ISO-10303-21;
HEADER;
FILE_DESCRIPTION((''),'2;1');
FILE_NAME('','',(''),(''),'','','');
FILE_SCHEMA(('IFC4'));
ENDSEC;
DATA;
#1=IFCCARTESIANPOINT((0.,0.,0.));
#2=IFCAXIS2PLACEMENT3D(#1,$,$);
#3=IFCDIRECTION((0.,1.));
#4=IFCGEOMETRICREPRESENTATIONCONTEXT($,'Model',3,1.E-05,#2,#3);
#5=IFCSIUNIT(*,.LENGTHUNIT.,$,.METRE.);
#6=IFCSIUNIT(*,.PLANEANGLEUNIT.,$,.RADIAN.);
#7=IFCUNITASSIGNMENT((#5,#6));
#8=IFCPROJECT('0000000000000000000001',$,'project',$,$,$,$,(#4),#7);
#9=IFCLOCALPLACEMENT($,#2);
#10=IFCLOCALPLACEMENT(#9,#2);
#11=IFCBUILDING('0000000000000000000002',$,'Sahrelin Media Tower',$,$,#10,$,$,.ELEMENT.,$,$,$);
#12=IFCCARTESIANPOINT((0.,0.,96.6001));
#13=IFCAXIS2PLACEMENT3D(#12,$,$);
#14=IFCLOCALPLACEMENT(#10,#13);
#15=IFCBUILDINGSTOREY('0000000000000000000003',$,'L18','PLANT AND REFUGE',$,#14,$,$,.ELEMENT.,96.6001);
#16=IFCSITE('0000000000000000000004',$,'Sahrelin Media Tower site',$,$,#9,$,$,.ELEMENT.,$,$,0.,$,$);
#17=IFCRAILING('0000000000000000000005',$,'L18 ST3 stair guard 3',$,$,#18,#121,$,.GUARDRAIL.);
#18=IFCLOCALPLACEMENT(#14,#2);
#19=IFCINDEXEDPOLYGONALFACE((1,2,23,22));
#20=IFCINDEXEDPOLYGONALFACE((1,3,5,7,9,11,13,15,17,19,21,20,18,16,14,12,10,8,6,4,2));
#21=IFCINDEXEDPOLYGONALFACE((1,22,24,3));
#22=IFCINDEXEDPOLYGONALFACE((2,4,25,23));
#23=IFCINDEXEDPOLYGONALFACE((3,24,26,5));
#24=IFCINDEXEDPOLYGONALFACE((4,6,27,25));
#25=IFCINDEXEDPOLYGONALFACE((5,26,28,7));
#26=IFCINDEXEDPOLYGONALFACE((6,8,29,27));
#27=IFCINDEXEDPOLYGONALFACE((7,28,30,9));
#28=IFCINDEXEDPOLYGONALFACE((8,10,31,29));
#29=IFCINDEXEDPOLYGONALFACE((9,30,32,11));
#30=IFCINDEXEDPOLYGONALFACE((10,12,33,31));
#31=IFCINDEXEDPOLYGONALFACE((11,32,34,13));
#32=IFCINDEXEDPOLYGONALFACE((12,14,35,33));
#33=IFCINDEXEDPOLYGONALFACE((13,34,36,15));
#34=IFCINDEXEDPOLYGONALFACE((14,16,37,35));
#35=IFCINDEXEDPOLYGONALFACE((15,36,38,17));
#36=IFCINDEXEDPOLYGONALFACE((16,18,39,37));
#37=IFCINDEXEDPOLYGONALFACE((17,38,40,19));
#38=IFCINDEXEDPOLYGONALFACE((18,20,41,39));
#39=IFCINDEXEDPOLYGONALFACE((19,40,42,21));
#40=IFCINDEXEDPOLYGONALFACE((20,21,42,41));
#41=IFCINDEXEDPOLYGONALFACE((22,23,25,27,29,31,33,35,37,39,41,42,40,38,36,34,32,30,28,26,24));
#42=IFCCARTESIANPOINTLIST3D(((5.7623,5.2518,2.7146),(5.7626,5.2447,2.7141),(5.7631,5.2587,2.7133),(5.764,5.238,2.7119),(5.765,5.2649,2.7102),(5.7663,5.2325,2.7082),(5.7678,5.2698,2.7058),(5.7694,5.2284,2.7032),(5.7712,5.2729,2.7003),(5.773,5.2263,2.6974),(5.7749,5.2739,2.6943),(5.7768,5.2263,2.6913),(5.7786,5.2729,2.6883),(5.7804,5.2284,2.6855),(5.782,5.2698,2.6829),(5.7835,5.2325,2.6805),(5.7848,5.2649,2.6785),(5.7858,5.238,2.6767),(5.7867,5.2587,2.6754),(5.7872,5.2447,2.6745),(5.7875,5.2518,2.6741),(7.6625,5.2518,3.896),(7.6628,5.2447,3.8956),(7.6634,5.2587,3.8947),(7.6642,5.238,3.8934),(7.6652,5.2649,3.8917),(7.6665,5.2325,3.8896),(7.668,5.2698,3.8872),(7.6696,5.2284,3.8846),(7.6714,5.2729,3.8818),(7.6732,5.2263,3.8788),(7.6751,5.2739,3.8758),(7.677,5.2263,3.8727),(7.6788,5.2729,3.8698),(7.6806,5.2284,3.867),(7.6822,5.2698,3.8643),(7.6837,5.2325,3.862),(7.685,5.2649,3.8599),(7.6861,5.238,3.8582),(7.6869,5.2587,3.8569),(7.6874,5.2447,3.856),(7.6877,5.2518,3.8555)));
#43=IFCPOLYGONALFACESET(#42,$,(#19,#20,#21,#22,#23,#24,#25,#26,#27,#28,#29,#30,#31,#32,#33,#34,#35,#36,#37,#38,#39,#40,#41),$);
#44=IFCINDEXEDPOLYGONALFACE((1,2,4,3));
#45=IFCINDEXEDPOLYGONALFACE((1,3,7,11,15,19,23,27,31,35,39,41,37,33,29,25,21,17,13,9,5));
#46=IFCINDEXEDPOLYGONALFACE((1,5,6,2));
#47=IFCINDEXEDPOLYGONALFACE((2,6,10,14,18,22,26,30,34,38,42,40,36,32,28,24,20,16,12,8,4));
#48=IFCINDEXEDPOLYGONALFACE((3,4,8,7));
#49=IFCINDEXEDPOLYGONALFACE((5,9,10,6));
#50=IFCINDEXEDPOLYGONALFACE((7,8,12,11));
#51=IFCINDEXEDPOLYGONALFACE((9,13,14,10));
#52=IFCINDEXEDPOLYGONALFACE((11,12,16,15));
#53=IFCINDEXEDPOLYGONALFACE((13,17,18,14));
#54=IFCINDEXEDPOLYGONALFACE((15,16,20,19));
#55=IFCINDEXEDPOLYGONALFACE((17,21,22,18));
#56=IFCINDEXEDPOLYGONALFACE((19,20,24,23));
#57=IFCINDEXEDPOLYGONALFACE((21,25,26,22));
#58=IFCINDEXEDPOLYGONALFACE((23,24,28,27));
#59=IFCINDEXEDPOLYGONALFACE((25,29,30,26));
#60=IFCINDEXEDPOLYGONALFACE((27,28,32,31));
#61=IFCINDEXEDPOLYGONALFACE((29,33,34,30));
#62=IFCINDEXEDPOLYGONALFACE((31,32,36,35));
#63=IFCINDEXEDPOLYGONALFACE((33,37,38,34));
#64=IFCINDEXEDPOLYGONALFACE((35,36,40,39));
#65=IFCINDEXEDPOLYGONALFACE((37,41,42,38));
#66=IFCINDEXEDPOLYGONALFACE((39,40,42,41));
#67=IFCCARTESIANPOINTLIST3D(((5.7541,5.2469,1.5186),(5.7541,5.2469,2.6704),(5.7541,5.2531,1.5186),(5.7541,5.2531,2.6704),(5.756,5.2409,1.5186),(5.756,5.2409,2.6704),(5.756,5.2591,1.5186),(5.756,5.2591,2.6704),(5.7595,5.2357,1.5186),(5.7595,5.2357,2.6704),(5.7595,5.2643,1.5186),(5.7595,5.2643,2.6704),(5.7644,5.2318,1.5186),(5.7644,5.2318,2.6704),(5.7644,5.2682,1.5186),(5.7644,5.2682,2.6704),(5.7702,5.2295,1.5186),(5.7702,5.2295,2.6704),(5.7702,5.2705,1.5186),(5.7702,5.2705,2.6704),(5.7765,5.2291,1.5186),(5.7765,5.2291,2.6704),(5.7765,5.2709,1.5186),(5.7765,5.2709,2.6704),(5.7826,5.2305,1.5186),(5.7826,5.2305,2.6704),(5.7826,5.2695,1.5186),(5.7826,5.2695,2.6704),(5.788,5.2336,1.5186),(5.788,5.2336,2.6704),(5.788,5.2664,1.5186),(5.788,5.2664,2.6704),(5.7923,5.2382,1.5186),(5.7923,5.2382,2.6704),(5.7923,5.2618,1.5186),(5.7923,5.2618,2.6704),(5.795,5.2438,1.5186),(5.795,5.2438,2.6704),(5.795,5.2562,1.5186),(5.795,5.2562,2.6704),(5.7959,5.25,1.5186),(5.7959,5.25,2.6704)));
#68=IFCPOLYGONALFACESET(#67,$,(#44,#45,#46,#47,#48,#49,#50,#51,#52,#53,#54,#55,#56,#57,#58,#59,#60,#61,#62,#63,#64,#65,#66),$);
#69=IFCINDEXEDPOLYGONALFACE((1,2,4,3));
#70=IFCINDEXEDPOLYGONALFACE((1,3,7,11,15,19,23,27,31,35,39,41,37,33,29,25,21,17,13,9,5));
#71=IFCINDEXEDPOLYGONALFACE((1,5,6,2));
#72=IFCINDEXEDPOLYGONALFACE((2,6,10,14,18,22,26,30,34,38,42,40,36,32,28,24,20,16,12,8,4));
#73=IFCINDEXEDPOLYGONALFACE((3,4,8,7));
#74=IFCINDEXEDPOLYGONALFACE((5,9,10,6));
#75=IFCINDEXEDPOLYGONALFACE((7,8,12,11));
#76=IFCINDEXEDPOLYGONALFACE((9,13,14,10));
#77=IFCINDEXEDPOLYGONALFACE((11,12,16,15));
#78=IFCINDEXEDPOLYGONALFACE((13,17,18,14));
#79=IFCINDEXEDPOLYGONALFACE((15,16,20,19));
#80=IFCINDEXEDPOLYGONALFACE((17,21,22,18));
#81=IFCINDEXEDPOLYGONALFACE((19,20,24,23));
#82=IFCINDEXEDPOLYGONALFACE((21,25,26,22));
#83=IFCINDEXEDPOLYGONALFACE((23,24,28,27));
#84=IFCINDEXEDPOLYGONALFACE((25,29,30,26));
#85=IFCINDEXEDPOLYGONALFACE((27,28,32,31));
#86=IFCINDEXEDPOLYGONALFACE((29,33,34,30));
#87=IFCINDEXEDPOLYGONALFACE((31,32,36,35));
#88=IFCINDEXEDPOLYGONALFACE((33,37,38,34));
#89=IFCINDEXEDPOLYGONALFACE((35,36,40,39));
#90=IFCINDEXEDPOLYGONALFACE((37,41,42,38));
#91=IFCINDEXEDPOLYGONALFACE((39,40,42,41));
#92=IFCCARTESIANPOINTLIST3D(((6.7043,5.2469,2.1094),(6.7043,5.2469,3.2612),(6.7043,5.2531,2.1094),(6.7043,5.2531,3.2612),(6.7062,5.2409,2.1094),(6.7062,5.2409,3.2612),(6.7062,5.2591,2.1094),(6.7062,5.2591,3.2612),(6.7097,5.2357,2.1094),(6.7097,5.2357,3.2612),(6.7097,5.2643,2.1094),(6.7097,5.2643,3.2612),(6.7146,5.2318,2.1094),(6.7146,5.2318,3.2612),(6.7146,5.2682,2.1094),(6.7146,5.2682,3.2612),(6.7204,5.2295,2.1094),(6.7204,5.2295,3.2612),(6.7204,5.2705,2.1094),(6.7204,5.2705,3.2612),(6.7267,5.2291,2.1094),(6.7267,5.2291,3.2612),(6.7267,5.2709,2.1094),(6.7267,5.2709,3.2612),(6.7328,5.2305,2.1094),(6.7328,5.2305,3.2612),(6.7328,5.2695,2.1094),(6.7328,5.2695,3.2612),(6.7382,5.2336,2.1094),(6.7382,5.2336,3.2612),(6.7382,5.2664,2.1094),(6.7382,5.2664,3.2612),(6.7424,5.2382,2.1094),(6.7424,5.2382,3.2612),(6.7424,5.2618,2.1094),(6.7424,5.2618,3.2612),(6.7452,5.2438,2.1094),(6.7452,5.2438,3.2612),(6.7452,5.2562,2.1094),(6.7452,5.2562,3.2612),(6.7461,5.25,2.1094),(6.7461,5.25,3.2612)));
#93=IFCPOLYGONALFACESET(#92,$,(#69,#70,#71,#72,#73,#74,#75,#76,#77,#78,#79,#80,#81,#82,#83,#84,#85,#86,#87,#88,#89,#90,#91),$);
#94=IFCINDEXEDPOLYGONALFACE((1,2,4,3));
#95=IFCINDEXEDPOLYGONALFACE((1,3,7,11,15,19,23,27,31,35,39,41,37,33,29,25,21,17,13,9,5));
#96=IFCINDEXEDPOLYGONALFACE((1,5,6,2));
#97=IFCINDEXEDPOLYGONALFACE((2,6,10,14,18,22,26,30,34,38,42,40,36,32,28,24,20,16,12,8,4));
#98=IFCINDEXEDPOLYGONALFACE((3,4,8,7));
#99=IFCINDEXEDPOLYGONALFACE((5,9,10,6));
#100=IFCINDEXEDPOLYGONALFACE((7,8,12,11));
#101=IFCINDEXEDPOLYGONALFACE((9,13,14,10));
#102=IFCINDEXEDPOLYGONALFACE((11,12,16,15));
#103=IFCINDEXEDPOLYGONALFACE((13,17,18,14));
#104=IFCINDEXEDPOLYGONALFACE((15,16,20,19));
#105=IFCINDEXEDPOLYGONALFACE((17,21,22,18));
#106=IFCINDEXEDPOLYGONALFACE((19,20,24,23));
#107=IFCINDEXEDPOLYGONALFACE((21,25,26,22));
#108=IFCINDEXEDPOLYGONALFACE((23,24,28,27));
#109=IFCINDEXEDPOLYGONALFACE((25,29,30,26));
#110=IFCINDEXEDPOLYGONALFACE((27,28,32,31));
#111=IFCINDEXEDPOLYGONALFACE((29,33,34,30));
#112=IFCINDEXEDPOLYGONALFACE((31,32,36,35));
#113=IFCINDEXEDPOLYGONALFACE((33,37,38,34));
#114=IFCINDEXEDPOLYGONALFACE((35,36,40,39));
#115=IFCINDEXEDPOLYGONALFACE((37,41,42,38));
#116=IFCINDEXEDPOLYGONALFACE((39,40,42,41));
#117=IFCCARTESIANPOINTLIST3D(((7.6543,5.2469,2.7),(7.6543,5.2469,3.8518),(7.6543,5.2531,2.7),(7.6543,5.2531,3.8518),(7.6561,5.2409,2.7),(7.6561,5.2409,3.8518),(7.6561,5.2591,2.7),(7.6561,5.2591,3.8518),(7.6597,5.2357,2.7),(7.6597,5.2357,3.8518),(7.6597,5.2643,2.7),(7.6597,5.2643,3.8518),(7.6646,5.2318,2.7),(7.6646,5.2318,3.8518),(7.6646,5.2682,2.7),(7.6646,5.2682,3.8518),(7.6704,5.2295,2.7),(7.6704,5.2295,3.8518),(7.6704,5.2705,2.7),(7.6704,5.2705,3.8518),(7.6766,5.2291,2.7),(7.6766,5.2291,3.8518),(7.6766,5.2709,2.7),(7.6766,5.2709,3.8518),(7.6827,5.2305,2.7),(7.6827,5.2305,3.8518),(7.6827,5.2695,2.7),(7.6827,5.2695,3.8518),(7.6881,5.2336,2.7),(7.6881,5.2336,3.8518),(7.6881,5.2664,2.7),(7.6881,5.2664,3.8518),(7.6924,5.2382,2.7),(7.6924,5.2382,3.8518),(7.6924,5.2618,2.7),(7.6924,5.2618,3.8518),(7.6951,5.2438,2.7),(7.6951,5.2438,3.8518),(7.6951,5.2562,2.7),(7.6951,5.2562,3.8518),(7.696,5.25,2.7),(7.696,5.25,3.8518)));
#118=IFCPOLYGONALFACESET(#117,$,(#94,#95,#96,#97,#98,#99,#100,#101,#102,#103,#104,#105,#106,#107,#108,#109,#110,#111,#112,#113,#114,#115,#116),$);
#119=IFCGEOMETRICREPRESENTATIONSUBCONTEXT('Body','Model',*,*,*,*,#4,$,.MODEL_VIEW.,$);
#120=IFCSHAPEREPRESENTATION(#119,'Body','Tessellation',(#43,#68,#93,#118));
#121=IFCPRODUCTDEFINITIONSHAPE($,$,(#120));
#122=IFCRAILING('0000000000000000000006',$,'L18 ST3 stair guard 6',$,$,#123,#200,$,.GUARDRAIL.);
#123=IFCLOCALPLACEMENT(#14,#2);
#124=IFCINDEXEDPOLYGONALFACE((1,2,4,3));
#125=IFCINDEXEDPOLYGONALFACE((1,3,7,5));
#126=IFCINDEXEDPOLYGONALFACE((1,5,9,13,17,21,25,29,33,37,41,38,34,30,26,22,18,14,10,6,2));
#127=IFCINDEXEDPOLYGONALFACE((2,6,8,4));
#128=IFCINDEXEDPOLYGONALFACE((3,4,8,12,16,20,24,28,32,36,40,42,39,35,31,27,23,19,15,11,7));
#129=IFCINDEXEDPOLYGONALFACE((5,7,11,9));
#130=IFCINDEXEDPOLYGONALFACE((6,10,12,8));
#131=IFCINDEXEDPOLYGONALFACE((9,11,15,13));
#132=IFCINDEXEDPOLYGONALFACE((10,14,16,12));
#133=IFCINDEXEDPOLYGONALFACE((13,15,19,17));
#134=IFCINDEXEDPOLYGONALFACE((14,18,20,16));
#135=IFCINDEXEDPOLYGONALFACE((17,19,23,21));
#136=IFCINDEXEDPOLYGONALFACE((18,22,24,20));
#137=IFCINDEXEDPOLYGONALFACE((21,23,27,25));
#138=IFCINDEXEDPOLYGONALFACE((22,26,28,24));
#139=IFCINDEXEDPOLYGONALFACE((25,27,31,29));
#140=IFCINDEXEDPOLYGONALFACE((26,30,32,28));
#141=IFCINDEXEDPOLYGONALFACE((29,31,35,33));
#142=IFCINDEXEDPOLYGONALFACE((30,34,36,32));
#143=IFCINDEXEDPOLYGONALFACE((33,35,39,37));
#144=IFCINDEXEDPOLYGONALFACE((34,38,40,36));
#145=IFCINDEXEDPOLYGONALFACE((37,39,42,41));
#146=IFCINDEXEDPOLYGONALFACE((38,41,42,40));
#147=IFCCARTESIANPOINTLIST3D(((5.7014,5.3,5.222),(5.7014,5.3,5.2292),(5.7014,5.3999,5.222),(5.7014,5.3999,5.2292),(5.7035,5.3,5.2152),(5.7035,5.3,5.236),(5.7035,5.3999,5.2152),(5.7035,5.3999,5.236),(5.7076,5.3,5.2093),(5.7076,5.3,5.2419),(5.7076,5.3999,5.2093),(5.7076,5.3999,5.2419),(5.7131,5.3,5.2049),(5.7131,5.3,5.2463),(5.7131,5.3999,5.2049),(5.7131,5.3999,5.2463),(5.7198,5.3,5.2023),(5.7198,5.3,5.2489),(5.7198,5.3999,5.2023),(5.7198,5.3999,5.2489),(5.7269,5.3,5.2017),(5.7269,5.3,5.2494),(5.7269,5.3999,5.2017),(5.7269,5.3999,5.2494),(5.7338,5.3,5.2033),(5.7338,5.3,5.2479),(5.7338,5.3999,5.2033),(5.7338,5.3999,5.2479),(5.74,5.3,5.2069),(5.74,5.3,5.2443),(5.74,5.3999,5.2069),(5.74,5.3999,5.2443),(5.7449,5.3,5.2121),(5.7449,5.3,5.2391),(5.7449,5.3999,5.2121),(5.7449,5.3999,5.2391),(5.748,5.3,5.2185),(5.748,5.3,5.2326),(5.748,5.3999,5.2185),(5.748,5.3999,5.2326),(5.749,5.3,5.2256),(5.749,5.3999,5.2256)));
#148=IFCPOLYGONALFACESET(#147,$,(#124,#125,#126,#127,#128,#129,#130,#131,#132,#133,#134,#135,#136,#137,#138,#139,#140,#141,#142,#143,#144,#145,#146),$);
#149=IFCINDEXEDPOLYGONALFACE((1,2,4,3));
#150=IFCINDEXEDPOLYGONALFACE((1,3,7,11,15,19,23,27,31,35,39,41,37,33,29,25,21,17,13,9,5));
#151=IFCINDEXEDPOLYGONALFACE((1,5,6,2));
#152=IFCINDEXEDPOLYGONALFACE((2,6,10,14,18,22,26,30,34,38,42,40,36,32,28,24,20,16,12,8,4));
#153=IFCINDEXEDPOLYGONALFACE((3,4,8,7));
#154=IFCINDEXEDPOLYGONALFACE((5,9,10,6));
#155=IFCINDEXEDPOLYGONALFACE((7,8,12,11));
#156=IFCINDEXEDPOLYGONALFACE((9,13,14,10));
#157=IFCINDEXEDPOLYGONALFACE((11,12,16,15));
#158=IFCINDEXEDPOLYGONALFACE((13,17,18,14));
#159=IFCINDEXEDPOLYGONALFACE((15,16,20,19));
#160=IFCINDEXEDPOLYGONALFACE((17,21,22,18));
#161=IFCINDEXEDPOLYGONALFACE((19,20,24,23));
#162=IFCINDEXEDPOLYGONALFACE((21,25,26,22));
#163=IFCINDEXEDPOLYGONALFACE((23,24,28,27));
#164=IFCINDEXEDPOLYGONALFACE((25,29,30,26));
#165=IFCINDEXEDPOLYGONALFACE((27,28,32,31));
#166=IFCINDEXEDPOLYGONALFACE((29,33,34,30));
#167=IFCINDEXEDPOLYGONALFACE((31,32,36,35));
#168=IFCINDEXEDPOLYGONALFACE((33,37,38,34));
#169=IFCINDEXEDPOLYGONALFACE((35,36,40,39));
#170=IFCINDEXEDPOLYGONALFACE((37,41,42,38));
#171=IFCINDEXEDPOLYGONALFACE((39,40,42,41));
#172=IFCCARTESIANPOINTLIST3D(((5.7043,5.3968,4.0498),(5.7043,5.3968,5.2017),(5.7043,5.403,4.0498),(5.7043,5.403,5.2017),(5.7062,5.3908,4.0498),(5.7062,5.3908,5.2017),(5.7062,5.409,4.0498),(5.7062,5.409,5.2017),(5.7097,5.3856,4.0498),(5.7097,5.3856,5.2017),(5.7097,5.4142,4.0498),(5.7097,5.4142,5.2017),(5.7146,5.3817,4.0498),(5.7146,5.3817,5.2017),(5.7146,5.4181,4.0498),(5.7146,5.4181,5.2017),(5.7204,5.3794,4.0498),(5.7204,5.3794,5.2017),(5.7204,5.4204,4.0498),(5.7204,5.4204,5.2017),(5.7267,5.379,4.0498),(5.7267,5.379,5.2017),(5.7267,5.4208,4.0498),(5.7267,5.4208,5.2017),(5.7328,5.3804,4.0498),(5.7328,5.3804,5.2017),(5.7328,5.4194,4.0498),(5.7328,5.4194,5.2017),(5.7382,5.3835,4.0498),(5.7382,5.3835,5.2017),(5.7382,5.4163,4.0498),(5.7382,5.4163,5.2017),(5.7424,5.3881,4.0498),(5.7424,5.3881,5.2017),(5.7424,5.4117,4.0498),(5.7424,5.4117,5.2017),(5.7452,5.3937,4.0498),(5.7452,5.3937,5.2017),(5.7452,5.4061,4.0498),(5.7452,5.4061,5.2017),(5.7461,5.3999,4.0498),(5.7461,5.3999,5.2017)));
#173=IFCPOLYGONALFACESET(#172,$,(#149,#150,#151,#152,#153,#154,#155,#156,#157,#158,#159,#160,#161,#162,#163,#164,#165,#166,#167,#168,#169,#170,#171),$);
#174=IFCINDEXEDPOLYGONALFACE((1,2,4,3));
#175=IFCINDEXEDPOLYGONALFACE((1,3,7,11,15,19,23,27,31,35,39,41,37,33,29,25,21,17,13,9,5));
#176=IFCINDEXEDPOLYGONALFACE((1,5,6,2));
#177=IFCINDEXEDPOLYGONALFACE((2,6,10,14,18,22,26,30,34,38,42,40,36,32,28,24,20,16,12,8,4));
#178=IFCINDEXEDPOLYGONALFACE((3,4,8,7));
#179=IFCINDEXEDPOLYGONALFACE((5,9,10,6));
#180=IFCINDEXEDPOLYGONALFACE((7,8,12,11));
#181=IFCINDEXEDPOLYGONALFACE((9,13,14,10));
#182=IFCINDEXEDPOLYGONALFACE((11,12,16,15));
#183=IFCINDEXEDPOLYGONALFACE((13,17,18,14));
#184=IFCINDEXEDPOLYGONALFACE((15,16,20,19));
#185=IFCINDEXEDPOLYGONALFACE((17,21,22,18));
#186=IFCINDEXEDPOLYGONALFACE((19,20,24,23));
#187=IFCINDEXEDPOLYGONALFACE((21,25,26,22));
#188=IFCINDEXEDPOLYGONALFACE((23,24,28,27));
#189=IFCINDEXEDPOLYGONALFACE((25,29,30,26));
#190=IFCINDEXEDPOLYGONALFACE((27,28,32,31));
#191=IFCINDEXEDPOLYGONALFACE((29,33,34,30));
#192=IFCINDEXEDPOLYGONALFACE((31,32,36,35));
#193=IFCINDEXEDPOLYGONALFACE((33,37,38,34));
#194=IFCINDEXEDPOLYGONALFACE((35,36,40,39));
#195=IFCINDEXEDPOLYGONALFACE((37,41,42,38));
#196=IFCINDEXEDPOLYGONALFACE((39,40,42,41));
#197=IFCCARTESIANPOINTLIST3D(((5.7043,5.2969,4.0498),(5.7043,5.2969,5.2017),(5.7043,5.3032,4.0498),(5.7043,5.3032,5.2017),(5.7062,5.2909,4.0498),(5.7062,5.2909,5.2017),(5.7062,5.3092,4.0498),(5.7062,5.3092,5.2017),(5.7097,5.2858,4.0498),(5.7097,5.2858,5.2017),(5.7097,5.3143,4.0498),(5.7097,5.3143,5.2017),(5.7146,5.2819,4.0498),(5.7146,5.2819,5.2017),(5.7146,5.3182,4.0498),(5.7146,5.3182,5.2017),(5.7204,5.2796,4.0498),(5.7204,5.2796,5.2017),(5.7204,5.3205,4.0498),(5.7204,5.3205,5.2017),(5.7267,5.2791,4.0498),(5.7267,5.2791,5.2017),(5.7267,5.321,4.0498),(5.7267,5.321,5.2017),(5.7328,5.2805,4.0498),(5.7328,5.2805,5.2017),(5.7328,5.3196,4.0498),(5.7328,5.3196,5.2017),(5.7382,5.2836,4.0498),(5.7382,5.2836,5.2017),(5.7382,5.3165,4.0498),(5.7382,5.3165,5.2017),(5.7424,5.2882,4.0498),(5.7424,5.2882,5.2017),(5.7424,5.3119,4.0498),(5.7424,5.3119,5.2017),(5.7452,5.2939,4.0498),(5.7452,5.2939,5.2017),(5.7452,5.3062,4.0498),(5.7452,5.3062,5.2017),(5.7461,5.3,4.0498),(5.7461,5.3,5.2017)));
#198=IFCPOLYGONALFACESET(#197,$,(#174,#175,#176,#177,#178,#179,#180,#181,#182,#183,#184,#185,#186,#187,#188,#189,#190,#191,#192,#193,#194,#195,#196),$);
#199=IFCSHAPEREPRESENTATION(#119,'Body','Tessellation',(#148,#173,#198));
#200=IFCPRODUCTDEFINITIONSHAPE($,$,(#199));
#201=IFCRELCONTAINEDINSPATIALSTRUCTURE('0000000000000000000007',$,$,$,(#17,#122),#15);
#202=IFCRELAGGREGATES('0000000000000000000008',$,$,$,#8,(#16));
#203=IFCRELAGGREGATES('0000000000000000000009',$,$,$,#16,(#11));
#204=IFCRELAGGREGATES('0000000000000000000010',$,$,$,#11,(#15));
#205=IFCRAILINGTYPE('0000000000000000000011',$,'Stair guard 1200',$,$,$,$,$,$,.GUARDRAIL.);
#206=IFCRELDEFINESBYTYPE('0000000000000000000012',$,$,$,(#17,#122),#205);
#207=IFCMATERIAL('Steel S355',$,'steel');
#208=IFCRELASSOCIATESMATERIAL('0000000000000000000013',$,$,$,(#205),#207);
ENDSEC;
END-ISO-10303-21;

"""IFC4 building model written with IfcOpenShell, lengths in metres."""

from ifc_helpers import new_model, si_unit, direction, frame, origin, origin_2d, place, context, subcontext, project, spatial, circle, extrude, material, type_object, element, save


model = new_model("IFC4")

# Units and contexts
model_context = context("Model", 3, precision=1e-05, world=origin(), true_north=direction((0.0, 1.0)))
body_context = subcontext(model_context, "Body", "Model", "MODEL_VIEW")
ifc_project = project(units=[si_unit("LENGTHUNIT", "METRE"), si_unit("PLANEANGLEUNIT", "RADIAN")], contexts=[model_context])

# Site, building, storey
site_placement = place(None, origin())
site = spatial("IfcSite", under=ifc_project, at=site_placement, Name="Sahrelin Media Tower site", CompositionType="ELEMENT", RefElevation=0.0)
building_placement = place(site_placement, origin())
building = spatial("IfcBuilding", under=site, at=building_placement, Name="Sahrelin Media Tower", CompositionType="ELEMENT")
storey_placement = place(building_placement, frame((0.0, 0.0, 96.6001)))
storey = spatial("IfcBuildingStorey", under=building, at=storey_placement, Name="L18", Description="PLANT AND REFUGE", CompositionType="ELEMENT", Elevation=96.6001)

# Railings
ifc_material_1 = material(Name="Steel S355", Category="steel")
railing_type_1 = type_object("IfcRailingType", Name="Stair guard 1200", PredefinedType="GUARDRAIL", material=ifc_material_1)
railing_1_placement = place(storey_placement, frame((5.7749, 5.25, 1.5186)))
element("IfcRailing", 1, at=railing_1_placement, inside=storey, type_object=railing_type_1, Name="L18 ST3 stair guard 3", PredefinedType="GUARDRAIL", context=body_context, shape_type="SweptSolid", body=[
    extrude(circle(Radius=0.0239, at=origin_2d()), frame((0.0, 0.0, 1.1758), z_axis=(0.84924, 0.0, 0.528006), x_axis=(0.0, 1.0, 0.0)), (0.0, 0.0, 1.0), 2.2375),
    extrude(circle(Radius=0.021, at=origin_2d()), origin(), (0.0, 0.0, 1.0), 1.1519),
    extrude(circle(Radius=0.021, at=origin_2d()), frame((0.9502, 0.0, 0.5908)), (0.0, 0.0, 1.0), 1.1519),
    extrude(circle(Radius=0.021, at=origin_2d()), frame((1.9001, 0.0, 1.1814)), (0.0, 0.0, 1.0), 1.1519),
])
railing_2_placement = place(storey_placement, frame((5.7251, 5.3999, 4.0498)))
element("IfcRailing", 2, at=railing_2_placement, inside=storey, type_object=railing_type_1, Name="L18 ST3 stair guard 6", PredefinedType="GUARDRAIL", context=body_context, shape_type="SweptSolid", body=[
    extrude(circle(Radius=0.0239, at=origin_2d()), frame((0.0, 0.0, 1.1758), z_axis=(0.0, -1.0, 0.0), x_axis=(1.0, 0.0, 0.0)), (0.0, 0.0, 1.0), 0.0999),
    extrude(circle(Radius=0.021, at=origin_2d()), origin(), (0.0, 0.0, 1.0), 1.1519),
    extrude(circle(Radius=0.021, at=origin_2d()), frame((0.0, -0.0999, 0.0)), (0.0, 0.0, 1.0), 1.1519),
])

save(model, "model.ifc")
